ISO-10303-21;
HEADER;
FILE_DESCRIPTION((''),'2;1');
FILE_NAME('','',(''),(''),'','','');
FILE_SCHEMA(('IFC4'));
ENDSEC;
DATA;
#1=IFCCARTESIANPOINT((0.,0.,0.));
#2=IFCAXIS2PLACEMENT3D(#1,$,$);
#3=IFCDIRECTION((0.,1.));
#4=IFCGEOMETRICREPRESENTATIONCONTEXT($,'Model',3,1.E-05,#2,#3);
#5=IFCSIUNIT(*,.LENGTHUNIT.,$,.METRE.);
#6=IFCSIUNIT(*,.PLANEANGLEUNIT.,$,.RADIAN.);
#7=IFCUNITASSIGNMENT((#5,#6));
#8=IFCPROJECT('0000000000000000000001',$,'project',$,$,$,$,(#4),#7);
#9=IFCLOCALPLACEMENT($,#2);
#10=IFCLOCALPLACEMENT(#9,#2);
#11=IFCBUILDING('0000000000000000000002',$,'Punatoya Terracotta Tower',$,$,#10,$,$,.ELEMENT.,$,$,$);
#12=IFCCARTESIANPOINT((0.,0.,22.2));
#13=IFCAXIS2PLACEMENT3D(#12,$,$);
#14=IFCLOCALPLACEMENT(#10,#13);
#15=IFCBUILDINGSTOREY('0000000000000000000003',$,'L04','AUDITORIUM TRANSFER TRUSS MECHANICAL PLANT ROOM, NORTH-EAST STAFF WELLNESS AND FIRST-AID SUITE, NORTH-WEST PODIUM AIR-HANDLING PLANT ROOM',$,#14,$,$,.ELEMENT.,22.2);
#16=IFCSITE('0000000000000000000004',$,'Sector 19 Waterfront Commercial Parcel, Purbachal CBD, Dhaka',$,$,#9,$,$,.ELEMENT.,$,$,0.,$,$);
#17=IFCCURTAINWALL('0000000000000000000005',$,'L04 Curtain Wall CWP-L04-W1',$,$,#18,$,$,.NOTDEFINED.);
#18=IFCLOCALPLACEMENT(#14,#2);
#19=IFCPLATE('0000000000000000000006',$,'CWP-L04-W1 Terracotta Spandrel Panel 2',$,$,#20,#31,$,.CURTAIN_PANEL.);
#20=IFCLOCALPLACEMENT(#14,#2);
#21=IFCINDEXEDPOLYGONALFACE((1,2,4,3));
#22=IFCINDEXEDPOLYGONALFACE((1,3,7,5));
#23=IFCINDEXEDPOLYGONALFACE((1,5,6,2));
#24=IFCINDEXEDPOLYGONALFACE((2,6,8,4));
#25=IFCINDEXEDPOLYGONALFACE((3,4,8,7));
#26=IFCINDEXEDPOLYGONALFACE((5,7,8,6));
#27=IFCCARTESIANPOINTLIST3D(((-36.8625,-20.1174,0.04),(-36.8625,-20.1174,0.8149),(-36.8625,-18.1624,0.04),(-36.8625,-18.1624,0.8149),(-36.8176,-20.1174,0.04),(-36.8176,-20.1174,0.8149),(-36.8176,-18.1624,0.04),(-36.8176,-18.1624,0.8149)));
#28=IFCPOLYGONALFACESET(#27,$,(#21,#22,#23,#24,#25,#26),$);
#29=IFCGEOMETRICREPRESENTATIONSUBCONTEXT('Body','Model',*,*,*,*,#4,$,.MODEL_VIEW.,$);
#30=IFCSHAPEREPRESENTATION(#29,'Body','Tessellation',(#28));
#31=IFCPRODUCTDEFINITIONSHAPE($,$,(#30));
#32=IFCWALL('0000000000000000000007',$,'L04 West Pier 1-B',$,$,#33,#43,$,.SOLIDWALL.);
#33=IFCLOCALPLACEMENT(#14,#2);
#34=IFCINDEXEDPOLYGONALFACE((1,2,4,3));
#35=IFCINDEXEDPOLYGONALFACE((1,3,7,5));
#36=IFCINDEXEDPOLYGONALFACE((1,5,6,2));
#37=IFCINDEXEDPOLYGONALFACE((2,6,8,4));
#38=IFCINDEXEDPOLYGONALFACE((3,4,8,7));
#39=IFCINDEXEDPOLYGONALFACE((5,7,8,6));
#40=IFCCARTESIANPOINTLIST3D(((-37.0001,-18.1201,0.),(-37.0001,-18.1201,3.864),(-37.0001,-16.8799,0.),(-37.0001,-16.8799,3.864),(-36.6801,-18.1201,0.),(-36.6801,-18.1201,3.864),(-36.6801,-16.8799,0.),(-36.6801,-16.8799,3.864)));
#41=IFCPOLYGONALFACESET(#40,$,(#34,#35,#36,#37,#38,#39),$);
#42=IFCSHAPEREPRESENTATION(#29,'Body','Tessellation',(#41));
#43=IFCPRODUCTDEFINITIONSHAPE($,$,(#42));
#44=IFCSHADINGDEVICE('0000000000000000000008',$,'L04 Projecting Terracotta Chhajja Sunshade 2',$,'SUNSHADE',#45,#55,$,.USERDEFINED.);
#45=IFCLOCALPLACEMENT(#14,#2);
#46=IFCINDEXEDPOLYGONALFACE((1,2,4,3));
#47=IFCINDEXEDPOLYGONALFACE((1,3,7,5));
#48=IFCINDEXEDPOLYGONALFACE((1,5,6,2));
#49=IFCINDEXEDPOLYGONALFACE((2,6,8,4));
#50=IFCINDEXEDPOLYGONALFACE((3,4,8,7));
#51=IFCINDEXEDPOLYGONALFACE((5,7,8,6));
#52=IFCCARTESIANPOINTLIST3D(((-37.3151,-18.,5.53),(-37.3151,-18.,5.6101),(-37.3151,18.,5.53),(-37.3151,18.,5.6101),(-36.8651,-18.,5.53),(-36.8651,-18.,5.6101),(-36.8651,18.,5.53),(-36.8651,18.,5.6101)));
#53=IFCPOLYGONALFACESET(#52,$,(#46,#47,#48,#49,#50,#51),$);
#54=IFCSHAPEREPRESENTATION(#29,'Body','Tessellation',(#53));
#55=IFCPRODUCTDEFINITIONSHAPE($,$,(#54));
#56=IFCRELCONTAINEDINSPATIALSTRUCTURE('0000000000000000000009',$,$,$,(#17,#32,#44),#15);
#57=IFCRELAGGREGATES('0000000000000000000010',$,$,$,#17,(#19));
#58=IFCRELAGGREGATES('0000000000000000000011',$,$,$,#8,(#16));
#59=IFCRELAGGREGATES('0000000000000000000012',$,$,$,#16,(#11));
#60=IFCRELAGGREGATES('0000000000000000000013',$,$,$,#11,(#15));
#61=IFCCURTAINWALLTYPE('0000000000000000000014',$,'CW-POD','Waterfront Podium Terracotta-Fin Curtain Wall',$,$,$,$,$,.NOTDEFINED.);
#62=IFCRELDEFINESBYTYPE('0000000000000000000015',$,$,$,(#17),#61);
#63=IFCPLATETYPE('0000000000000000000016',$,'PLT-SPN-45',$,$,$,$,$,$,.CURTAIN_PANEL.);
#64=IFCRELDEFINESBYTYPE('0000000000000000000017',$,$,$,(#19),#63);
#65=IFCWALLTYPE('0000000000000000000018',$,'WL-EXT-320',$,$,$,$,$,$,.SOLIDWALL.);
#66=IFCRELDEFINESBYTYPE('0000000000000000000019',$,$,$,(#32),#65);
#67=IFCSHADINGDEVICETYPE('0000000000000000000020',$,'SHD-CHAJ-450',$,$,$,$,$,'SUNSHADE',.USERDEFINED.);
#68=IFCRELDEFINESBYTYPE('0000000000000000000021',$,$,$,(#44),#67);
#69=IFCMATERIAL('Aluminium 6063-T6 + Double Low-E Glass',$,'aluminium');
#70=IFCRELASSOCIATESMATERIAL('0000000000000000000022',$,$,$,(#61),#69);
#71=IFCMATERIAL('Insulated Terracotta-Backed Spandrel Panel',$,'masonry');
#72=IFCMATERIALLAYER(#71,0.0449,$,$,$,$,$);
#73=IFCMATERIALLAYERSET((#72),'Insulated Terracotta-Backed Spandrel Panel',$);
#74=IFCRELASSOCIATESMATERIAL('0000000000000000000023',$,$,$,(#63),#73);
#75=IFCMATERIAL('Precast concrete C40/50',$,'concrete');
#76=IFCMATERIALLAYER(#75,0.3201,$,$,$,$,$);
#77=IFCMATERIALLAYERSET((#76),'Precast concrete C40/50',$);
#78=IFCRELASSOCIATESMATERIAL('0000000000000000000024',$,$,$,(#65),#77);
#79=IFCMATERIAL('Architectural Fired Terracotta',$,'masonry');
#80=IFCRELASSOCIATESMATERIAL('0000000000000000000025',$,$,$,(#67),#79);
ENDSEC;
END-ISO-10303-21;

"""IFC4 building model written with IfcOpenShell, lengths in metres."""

from ifc_helpers import new_model, si_unit, direction, frame, frame_2d, origin, origin_2d, place, context, subcontext, project, spatial, rectangle, extrude, material, layer, layer_set, material_profile, profile_set, type_object, element, aggregate, save


model = new_model("IFC4")

# Units and contexts
model_context = context("Model", 3, precision=1e-05, world=origin(), true_north=direction((0.0, 1.0)))
body_context = subcontext(model_context, "Body", "Model", "MODEL_VIEW")
ifc_project = project(units=[si_unit("LENGTHUNIT", "METRE"), si_unit("PLANEANGLEUNIT", "RADIAN")], contexts=[model_context])

# Site, building, storey
site_placement = place(None, origin())
site = spatial("IfcSite", under=ifc_project, at=site_placement, Name="Sector 19 Waterfront Commercial Parcel, Purbachal CBD, Dhaka", CompositionType="ELEMENT", RefElevation=0.0)
building_placement = place(site_placement, origin())
building = spatial("IfcBuilding", under=site, at=building_placement, Name="Punatoya Terracotta Tower", CompositionType="ELEMENT")
storey_placement = place(building_placement, frame((0.0, 0.0, 22.2)))
storey = spatial("IfcBuildingStorey", under=building, at=storey_placement, Name="L04", Description="AUDITORIUM TRANSFER TRUSS MECHANICAL PLANT ROOM, NORTH-EAST STAFF WELLNESS AND FIRST-AID SUITE, NORTH-WEST PODIUM AIR-HANDLING PLANT ROOM", CompositionType="ELEMENT", Elevation=22.2)

# Curtain wall
ifc_material_1 = material(Name="Aluminium 6063-T6 + Double Low-E Glass", Category="aluminium")
curtain_wall_type = type_object("IfcCurtainWallType", Name="CW-POD", Description="Waterfront Podium Terracotta-Fin Curtain Wall", PredefinedType="NOTDEFINED", material=ifc_material_1)
curtain_wall_placement = place(storey_placement, origin())
curtain_wall = element("IfcCurtainWall", 1, at=curtain_wall_placement, inside=storey, type_object=curtain_wall_type, Name="L04 Curtain Wall CWP-L04-W1", PredefinedType="NOTDEFINED")

# Plate
ifc_material_2 = material(Name="Insulated Terracotta-Backed Spandrel Panel", Category="masonry")
ifc_layer_1 = layer(ifc_material_2, 0.0449)
ifc_layer_set_1 = layer_set([ifc_layer_1], Name="Insulated Terracotta-Backed Spandrel Panel")
plate_type_1 = type_object("IfcPlateType", Name="PLT-SPN-45", PredefinedType="CURTAIN_PANEL", material=ifc_layer_set_1)
plate_1_placement = place(storey_placement, frame((-36.8401, -19.1399, 0.04), z_axis=(0.0, 0.0, 1.0), x_axis=(0.0, 1.0, 0.0)))
plate_1 = element("IfcPlate", 2, at=plate_1_placement, type_object=plate_type_1, Name="CWP-L04-W1 Terracotta Spandrel Panel 2", PredefinedType="CURTAIN_PANEL", context=body_context, shape_type="SweptSolid", body=[
    extrude(rectangle(XDim=1.9551, YDim=0.0449, at=origin_2d()), origin(), (0.0, 0.0, 1.0), 0.7749),
])
aggregate(curtain_wall, [plate_1])

# Wall
ifc_material_3 = material(Name="Precast concrete C40/50", Category="concrete")
ifc_layer_2 = layer(ifc_material_3, 0.3201)
ifc_layer_set_2 = layer_set([ifc_layer_2], Name="Precast concrete C40/50")
wall_type = type_object("IfcWallType", Name="WL-EXT-320", PredefinedType="SOLIDWALL", material=ifc_layer_set_2)
wall_placement = place(storey_placement, frame((-36.8401, -18.1201, 0.0), z_axis=(0.0, 0.0, 1.0), x_axis=(0.0, 1.0, 0.0)))
element("IfcWall", 3, at=wall_placement, inside=storey, type_object=wall_type, Name="L04 West Pier 1-B", PredefinedType="SOLIDWALL", context=body_context, shape_type="SweptSolid", body=[
    extrude(rectangle(XDim=1.2402, YDim=0.3201, at=frame_2d((0.6201, 0.0))), origin(), (0.0, 0.0, 1.0), 3.864),
])

# Shading device
ifc_material_4 = material(Name="Architectural Fired Terracotta", Category="masonry")
ifc_material_profile_1 = material_profile(ifc_material_4, rectangle(XDim=0.45, YDim=0.0801, at=origin_2d()))
ifc_profile_set_1 = profile_set([ifc_material_profile_1], Name="Architectural Fired Terracotta")
shading_device_type = type_object("IfcShadingDeviceType", Name="SHD-CHAJ-450", ElementType="SUNSHADE", PredefinedType="USERDEFINED", material=ifc_profile_set_1)
shading_device_placement = place(storey_placement, frame((-37.0901, -18.0, 5.5701), z_axis=(0.0, 1.0, 0.0), x_axis=(-1.0, 0.0, 0.0)))
element("IfcShadingDevice", 4, at=shading_device_placement, inside=storey, type_object=shading_device_type, Name="L04 Projecting Terracotta Chhajja Sunshade 2", ObjectType="SUNSHADE", PredefinedType="USERDEFINED", context=body_context, shape_type="SweptSolid", body=[
    extrude(rectangle(XDim=0.45, YDim=0.0801, at=origin_2d()), origin(), (0.0, 0.0, 1.0), 36.0),
])

save(model, "model.ifc")
